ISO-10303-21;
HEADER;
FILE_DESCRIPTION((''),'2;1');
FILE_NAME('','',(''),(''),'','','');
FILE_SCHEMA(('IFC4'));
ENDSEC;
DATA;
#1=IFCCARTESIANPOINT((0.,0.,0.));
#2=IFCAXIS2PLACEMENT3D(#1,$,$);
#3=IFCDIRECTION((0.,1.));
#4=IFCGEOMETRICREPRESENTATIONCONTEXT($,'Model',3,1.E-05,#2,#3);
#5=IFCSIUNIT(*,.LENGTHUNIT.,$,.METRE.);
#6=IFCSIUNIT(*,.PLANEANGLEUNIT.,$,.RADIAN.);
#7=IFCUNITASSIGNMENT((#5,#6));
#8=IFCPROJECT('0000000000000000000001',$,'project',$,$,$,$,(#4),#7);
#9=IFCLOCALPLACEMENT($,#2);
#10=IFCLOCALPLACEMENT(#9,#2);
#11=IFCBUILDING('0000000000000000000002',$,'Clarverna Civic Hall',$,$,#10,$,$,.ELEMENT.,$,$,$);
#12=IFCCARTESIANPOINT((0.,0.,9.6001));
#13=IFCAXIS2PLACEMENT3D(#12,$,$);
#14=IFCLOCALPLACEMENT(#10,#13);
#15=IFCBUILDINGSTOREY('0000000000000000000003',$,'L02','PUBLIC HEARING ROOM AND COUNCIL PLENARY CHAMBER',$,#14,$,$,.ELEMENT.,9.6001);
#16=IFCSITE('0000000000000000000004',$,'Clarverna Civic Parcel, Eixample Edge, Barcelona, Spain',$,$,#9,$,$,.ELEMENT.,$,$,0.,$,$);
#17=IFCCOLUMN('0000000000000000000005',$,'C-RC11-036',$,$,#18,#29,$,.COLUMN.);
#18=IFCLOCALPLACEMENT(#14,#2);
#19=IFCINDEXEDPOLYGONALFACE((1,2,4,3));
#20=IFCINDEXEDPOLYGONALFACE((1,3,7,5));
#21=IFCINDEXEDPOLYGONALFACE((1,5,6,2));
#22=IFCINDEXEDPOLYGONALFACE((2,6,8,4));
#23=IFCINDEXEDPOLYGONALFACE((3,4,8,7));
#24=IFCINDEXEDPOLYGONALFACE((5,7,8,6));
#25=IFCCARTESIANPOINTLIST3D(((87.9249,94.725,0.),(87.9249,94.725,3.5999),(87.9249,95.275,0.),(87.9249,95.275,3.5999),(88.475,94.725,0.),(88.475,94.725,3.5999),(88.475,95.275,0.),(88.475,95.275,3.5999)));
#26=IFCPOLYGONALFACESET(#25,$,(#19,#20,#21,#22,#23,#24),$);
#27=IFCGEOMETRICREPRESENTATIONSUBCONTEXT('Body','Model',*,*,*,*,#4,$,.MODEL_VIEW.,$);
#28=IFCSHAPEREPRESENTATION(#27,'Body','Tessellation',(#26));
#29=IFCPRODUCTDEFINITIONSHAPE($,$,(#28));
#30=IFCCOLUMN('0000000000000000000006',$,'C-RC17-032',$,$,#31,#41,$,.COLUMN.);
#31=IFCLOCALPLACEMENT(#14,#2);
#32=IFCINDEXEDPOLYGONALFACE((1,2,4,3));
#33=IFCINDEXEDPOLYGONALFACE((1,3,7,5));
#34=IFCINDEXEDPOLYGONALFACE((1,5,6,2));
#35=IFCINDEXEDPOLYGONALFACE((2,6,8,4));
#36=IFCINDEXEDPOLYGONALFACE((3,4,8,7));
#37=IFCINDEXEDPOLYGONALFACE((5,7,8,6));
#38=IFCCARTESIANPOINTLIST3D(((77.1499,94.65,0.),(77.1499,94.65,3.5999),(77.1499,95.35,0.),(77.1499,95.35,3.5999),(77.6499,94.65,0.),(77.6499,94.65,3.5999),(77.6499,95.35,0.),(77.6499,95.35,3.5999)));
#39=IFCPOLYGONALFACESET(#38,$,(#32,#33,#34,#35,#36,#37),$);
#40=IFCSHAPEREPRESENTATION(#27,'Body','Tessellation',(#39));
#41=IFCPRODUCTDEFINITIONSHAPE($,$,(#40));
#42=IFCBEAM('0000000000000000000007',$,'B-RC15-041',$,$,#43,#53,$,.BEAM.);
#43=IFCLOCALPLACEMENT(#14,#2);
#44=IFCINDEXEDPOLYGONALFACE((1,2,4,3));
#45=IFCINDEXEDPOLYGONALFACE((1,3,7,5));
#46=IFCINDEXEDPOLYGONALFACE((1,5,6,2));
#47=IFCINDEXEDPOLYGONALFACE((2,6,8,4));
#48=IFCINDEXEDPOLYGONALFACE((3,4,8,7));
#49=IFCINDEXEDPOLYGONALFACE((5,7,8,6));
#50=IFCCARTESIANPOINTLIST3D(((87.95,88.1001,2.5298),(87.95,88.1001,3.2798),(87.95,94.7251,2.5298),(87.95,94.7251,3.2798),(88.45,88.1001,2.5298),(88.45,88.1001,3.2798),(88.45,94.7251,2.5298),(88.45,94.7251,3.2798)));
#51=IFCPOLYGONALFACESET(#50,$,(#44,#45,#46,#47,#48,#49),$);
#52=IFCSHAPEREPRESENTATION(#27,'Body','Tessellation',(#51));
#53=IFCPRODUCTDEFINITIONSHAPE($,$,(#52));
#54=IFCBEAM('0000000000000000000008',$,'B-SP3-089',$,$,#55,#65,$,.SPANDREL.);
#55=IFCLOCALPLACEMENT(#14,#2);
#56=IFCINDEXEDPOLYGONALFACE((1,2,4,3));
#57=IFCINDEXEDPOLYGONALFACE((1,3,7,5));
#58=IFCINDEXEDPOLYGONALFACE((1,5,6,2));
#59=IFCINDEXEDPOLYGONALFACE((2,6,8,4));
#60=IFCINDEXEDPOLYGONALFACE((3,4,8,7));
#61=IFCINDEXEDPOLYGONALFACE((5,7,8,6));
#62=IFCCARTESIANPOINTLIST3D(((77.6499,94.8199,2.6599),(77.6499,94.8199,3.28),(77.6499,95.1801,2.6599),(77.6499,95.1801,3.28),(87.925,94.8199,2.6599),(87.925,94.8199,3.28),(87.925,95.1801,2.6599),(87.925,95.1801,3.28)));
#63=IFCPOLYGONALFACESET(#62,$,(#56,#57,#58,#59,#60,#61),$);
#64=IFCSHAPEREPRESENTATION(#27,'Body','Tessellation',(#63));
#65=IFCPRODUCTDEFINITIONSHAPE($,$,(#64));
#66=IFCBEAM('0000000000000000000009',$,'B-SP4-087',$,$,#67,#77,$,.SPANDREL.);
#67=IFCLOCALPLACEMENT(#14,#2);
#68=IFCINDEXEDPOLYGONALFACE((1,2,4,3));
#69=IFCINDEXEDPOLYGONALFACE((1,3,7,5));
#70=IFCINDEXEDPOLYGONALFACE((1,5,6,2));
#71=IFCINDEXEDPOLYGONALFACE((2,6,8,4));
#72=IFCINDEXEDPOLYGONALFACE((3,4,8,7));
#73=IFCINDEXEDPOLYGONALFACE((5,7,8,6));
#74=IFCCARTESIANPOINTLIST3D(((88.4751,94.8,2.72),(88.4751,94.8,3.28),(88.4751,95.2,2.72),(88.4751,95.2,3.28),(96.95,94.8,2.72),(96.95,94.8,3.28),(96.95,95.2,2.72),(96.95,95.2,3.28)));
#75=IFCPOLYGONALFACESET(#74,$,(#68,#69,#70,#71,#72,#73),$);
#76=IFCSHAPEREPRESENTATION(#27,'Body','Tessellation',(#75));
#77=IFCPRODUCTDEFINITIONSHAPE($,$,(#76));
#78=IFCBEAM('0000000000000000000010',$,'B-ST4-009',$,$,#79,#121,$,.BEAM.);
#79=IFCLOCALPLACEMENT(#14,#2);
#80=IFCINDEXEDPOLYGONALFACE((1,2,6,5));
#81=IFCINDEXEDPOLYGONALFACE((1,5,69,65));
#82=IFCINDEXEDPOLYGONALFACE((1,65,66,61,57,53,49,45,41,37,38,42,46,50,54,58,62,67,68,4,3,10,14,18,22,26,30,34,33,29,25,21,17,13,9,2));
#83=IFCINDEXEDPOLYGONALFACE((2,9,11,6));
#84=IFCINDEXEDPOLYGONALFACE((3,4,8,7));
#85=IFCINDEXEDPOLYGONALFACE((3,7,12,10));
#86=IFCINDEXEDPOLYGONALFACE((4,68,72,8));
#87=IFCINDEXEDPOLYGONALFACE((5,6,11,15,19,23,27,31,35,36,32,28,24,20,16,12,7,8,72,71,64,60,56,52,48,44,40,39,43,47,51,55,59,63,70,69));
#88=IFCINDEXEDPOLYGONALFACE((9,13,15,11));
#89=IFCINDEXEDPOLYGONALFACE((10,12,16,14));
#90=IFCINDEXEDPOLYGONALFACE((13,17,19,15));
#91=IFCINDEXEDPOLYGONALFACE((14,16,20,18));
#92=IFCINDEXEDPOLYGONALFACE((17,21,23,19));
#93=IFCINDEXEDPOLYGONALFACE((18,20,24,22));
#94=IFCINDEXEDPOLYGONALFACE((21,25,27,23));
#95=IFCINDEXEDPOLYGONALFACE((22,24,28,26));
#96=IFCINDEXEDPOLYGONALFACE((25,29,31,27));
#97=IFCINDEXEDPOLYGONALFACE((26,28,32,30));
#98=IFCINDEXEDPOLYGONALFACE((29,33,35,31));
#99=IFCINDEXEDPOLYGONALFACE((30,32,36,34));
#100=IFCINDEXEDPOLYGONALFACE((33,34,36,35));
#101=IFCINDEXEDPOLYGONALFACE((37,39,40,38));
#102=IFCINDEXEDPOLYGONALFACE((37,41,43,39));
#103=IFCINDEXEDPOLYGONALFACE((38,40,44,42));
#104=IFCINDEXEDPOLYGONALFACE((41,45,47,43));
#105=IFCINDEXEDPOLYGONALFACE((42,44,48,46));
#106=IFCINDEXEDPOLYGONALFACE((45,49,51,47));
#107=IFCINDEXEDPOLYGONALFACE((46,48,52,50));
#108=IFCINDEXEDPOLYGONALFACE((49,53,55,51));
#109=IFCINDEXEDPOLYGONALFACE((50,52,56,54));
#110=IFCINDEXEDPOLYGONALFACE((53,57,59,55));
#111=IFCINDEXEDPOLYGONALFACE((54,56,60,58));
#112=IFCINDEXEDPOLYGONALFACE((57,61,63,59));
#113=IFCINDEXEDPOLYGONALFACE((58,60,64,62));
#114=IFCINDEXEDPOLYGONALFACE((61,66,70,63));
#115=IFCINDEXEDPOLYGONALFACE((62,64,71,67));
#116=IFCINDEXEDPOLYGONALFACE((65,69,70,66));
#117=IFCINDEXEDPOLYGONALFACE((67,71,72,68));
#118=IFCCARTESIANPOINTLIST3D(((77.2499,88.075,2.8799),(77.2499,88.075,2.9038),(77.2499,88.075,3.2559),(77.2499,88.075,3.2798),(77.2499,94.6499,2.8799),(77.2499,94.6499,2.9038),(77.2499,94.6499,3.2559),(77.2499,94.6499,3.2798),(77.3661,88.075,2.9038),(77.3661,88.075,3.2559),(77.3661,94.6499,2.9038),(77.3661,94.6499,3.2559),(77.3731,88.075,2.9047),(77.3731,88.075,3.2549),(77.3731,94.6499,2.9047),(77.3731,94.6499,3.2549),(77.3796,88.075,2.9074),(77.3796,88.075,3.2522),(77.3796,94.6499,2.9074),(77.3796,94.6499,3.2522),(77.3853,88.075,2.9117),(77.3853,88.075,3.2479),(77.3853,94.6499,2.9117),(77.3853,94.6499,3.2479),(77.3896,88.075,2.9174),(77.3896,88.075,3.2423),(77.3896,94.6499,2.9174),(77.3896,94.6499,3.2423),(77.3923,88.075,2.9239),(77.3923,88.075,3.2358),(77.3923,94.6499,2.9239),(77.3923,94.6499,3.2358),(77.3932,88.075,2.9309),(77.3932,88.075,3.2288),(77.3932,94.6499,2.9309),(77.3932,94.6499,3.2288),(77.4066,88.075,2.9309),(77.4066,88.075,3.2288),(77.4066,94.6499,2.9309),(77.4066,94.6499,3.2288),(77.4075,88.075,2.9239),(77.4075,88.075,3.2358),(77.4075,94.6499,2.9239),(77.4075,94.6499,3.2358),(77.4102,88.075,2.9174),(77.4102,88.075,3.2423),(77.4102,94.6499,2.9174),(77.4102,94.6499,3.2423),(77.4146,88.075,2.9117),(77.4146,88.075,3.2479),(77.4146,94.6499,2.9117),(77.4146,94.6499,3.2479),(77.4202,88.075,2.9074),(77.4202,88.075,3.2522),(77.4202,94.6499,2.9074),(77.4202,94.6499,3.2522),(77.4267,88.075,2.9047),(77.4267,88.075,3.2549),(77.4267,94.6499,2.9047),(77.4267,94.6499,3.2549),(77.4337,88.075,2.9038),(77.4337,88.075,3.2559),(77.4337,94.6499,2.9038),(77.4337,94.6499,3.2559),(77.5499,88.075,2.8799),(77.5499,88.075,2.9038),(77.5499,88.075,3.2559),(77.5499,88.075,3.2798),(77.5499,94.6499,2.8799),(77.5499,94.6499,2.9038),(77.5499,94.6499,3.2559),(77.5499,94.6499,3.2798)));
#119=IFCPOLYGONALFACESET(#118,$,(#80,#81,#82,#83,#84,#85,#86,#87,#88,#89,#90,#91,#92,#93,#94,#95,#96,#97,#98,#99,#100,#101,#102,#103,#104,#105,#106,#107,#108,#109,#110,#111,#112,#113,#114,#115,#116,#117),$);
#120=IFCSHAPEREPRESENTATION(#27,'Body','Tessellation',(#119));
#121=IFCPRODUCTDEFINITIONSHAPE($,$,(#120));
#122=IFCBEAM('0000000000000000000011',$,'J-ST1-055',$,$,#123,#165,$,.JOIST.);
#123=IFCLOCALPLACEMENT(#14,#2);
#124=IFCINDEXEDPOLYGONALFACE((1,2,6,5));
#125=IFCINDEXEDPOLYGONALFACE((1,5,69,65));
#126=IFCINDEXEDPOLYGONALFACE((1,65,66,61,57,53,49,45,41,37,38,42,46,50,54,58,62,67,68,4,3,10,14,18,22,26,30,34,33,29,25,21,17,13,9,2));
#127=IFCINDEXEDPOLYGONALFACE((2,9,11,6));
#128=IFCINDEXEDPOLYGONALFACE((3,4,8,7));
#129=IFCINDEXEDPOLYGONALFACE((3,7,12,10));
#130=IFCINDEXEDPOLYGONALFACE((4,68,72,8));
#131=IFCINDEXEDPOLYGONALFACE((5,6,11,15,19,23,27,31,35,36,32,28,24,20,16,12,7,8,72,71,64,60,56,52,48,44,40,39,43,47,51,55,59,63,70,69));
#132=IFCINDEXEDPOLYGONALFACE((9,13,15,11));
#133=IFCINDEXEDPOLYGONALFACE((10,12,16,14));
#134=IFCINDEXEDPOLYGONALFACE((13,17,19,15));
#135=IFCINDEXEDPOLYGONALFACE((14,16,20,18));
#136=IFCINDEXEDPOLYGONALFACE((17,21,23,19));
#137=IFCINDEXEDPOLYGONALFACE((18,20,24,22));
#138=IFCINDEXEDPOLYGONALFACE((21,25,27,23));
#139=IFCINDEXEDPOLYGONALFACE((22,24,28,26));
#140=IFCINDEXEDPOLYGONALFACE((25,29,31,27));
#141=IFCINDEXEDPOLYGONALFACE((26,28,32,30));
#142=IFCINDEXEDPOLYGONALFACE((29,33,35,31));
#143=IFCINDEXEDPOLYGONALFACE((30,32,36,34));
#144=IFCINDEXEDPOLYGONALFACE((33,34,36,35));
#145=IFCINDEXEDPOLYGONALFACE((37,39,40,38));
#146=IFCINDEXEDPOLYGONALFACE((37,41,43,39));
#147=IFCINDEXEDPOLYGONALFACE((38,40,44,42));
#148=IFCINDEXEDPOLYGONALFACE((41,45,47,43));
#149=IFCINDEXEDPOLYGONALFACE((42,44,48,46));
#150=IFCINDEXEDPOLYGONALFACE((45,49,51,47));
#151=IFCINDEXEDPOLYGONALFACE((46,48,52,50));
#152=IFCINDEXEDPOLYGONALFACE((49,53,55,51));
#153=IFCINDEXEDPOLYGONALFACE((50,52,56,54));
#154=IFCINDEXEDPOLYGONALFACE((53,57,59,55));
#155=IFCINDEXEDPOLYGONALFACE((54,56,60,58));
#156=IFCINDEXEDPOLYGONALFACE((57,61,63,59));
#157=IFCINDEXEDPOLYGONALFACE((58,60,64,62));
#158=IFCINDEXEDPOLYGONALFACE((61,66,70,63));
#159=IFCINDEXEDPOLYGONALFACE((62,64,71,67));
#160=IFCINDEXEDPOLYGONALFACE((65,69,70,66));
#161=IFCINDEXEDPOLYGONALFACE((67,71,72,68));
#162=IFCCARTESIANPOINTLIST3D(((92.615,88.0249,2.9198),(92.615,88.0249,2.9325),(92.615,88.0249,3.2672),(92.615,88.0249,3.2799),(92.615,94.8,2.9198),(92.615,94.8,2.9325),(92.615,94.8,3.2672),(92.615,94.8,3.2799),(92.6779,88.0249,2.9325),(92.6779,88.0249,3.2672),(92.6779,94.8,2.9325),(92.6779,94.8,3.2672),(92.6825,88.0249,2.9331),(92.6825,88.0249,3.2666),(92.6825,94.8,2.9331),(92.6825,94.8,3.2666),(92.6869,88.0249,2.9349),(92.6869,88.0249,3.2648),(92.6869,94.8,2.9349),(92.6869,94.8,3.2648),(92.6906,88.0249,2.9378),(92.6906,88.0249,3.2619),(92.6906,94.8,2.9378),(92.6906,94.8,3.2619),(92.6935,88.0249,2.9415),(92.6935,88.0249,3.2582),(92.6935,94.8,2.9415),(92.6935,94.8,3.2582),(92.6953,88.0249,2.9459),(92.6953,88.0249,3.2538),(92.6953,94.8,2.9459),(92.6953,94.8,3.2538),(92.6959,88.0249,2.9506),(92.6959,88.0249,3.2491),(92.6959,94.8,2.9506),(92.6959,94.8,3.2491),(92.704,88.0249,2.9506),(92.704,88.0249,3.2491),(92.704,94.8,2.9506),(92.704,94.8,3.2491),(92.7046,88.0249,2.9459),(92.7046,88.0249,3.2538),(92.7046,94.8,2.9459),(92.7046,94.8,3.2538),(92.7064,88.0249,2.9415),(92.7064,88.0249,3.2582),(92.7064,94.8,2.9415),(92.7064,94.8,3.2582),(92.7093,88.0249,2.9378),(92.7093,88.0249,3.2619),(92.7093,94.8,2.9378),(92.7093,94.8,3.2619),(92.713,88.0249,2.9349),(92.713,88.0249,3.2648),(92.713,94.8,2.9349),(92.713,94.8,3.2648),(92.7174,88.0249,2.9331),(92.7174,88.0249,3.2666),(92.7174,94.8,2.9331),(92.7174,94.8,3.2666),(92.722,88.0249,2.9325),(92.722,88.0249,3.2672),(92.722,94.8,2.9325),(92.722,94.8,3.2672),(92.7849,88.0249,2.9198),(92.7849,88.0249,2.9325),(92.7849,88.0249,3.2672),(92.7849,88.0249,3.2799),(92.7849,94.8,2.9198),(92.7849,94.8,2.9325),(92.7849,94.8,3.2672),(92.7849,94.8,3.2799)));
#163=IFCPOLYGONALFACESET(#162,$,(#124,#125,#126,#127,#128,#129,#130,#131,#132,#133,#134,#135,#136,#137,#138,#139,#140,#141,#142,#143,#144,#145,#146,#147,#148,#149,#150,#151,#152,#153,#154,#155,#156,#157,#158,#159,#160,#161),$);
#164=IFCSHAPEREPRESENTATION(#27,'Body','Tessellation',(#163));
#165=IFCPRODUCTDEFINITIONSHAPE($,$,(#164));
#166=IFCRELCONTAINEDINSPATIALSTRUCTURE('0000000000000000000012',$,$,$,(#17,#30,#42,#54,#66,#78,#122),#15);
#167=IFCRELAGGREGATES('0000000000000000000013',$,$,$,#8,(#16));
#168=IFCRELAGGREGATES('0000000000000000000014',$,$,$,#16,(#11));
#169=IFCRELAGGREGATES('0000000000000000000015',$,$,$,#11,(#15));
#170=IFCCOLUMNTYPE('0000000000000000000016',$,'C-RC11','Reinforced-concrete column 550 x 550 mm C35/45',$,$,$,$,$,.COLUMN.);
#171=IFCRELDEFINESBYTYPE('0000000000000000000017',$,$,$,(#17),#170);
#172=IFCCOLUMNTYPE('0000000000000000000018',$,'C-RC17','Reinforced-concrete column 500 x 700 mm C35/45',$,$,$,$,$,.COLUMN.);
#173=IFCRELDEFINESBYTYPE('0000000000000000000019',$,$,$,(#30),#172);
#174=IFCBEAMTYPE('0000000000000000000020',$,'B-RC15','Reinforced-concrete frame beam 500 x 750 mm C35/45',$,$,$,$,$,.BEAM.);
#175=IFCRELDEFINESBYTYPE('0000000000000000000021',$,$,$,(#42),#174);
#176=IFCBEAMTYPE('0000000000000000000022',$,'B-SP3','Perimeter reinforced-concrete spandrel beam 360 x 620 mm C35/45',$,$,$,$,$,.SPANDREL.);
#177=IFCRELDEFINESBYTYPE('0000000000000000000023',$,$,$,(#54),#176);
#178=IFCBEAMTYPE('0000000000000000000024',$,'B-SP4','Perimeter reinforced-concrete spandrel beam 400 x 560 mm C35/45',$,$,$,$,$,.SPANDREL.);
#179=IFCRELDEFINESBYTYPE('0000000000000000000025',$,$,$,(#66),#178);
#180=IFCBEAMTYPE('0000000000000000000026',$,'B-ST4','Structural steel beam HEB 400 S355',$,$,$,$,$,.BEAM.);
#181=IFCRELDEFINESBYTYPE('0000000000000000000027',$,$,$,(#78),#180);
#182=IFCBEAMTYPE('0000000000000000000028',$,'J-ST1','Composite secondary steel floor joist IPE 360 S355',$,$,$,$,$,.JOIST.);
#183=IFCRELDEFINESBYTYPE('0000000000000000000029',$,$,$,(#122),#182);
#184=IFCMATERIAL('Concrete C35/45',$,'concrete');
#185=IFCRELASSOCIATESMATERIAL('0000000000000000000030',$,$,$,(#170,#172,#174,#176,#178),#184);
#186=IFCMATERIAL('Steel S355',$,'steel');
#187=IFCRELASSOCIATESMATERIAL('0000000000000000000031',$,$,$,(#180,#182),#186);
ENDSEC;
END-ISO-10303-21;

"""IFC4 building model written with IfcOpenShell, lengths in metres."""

from ifc_helpers import new_model, si_unit, direction, frame, origin, origin_2d, place, context, subcontext, project, spatial, rectangle, i_section, extrude, material, material_profile, profile_set, type_object, element, save


model = new_model("IFC4")

# Units and contexts
model_context = context("Model", 3, precision=1e-05, world=origin(), true_north=direction((0.0, 1.0)))
body_context = subcontext(model_context, "Body", "Model", "MODEL_VIEW")
ifc_project = project(units=[si_unit("LENGTHUNIT", "METRE"), si_unit("PLANEANGLEUNIT", "RADIAN")], contexts=[model_context])

# Site, building, storey
site_placement = place(None, origin())
site = spatial("IfcSite", under=ifc_project, at=site_placement, Name="Clarverna Civic Parcel, Eixample Edge, Barcelona, Spain", CompositionType="ELEMENT", RefElevation=0.0)
building_placement = place(site_placement, origin())
building = spatial("IfcBuilding", under=site, at=building_placement, Name="Clarverna Civic Hall", CompositionType="ELEMENT")
storey_placement = place(building_placement, frame((0.0, 0.0, 9.6001)))
storey = spatial("IfcBuildingStorey", under=building, at=storey_placement, Name="L02", Description="PUBLIC HEARING ROOM AND COUNCIL PLENARY CHAMBER", CompositionType="ELEMENT", Elevation=9.6001)

# Columns
ifc_material_1 = material(Name="Concrete C35/45", Category="concrete")
ifc_material_profile_1 = material_profile(ifc_material_1, rectangle(XDim=0.55, YDim=0.55, at=origin_2d()), Name="RC 550x550")
ifc_profile_set_1 = profile_set([ifc_material_profile_1], Name="Concrete C35/45")
column_type_1 = type_object("IfcColumnType", Name="C-RC11", Description="Reinforced-concrete column 550 x 550 mm C35/45", PredefinedType="COLUMN", material=ifc_profile_set_1)
column_1_placement = place(storey_placement, frame((88.2, 95.0, 0.0), z_axis=(0.0, 0.0, 1.0), x_axis=(1.0, 0.0, 0.0)))
element("IfcColumn", 1, at=column_1_placement, inside=storey, type_object=column_type_1, Name="C-RC11-036", PredefinedType="COLUMN", context=body_context, shape_type="SweptSolid", body=[
    extrude(rectangle(XDim=0.55, YDim=0.55, at=origin_2d()), origin(), (0.0, 0.0, 1.0), 3.5999),
])
ifc_material_profile_2 = material_profile(ifc_material_1, rectangle(XDim=0.5, YDim=0.7, at=origin_2d()), Name="RC 500x700")
ifc_profile_set_2 = profile_set([ifc_material_profile_2], Name="Concrete C35/45")
column_type_2 = type_object("IfcColumnType", Name="C-RC17", Description="Reinforced-concrete column 500 x 700 mm C35/45", PredefinedType="COLUMN", material=ifc_profile_set_2)
column_2_placement = place(storey_placement, frame((77.3999, 95.0, 0.0), z_axis=(0.0, 0.0, 1.0), x_axis=(1.0, 0.0, 0.0)))
element("IfcColumn", 2, at=column_2_placement, inside=storey, type_object=column_type_2, Name="C-RC17-032", PredefinedType="COLUMN", context=body_context, shape_type="SweptSolid", body=[
    extrude(rectangle(XDim=0.5, YDim=0.7, at=origin_2d()), origin(), (0.0, 0.0, 1.0), 3.5999),
])

# Beams
ifc_material_profile_3 = material_profile(ifc_material_1, rectangle(XDim=0.5, YDim=0.75, at=origin_2d()), Name="RC 500x750")
ifc_profile_set_3 = profile_set([ifc_material_profile_3], Name="Concrete C35/45")
beam_type_1 = type_object("IfcBeamType", Name="B-RC15", Description="Reinforced-concrete frame beam 500 x 750 mm C35/45", PredefinedType="BEAM", material=ifc_profile_set_3)
beam_1_placement = place(storey_placement, frame((88.2, 88.1001, 2.9048), z_axis=(0.0, 1.0, 0.0), x_axis=(-1.0, 0.0, 0.0)))
element("IfcBeam", 3, at=beam_1_placement, inside=storey, type_object=beam_type_1, Name="B-RC15-041", PredefinedType="BEAM", context=body_context, shape_type="SweptSolid", body=[
    extrude(rectangle(XDim=0.5, YDim=0.75, at=origin_2d()), origin(), (0.0, 0.0, 1.0), 6.625),
])
ifc_material_profile_4 = material_profile(ifc_material_1, rectangle(XDim=0.3601, YDim=0.6201, at=origin_2d()), Name="RC 360x620")
ifc_profile_set_4 = profile_set([ifc_material_profile_4], Name="Concrete C35/45")
beam_type_2 = type_object("IfcBeamType", Name="B-SP3", Description="Perimeter reinforced-concrete spandrel beam 360 x 620 mm C35/45", PredefinedType="SPANDREL", material=ifc_profile_set_4)
beam_2_placement = place(storey_placement, frame((77.6499, 95.0, 2.97), z_axis=(1.0, 0.0, 0.0), x_axis=(0.0, 1.0, 0.0)))
element("IfcBeam", 4, at=beam_2_placement, inside=storey, type_object=beam_type_2, Name="B-SP3-089", PredefinedType="SPANDREL", context=body_context, shape_type="SweptSolid", body=[
    extrude(rectangle(XDim=0.3601, YDim=0.6201, at=origin_2d()), origin(), (0.0, 0.0, 1.0), 10.2751),
])
ifc_material_profile_5 = material_profile(ifc_material_1, rectangle(XDim=0.3999, YDim=0.5601, at=origin_2d()), Name="RC 400x560")
ifc_profile_set_5 = profile_set([ifc_material_profile_5], Name="Concrete C35/45")
beam_type_3 = type_object("IfcBeamType", Name="B-SP4", Description="Perimeter reinforced-concrete spandrel beam 400 x 560 mm C35/45", PredefinedType="SPANDREL", material=ifc_profile_set_5)
beam_3_placement = place(storey_placement, frame((88.4751, 95.0, 3.0), z_axis=(1.0, 0.0, 0.0), x_axis=(0.0, 1.0, 0.0)))
element("IfcBeam", 5, at=beam_3_placement, inside=storey, type_object=beam_type_3, Name="B-SP4-087", PredefinedType="SPANDREL", context=body_context, shape_type="SweptSolid", body=[
    extrude(rectangle(XDim=0.3999, YDim=0.5601, at=origin_2d()), origin(), (0.0, 0.0, 1.0), 8.4749),
])
ifc_material_2 = material(Name="Steel S355", Category="steel")
ifc_material_profile_6 = material_profile(ifc_material_2, i_section(OverallWidth=0.3, OverallDepth=0.3999, WebThickness=0.0134, FlangeThickness=0.0239, FilletRadius=0.0271, at=origin_2d()), Name="HEB 400")
ifc_profile_set_6 = profile_set([ifc_material_profile_6], Name="Steel S355")
beam_type_4 = type_object("IfcBeamType", Name="B-ST4", Description="Structural steel beam HEB 400 S355", PredefinedType="BEAM", material=ifc_profile_set_6)
beam_4_placement = place(storey_placement, frame((77.3999, 88.075, 3.0798), z_axis=(0.0, 1.0, 0.0), x_axis=(-1.0, 0.0, 0.0)))
element("IfcBeam", 6, at=beam_4_placement, inside=storey, type_object=beam_type_4, Name="B-ST4-009", PredefinedType="BEAM", context=body_context, shape_type="SweptSolid", body=[
    extrude(i_section(OverallWidth=0.3, OverallDepth=0.3999, WebThickness=0.0134, FlangeThickness=0.0239, FilletRadius=0.0271, at=origin_2d()), origin(), (0.0, 0.0, 1.0), 6.575),
])
ifc_material_profile_7 = material_profile(ifc_material_2, i_section(OverallWidth=0.1699, OverallDepth=0.3601, WebThickness=0.0081, FlangeThickness=0.0127, FilletRadius=0.0181, at=origin_2d()), Name="IPE 360")
ifc_profile_set_7 = profile_set([ifc_material_profile_7], Name="Steel S355")
beam_type_5 = type_object("IfcBeamType", Name="J-ST1", Description="Composite secondary steel floor joist IPE 360 S355", PredefinedType="JOIST", material=ifc_profile_set_7)
beam_5_placement = place(storey_placement, frame((92.7, 88.0249, 3.0999), z_axis=(0.0, 1.0, 0.0), x_axis=(-1.0, 0.0, 0.0)))
element("IfcBeam", 7, at=beam_5_placement, inside=storey, type_object=beam_type_5, Name="J-ST1-055", PredefinedType="JOIST", context=body_context, shape_type="SweptSolid", body=[
    extrude(i_section(OverallWidth=0.1699, OverallDepth=0.3601, WebThickness=0.0081, FlangeThickness=0.0127, FilletRadius=0.0181, at=origin_2d()), origin(), (0.0, 0.0, 1.0), 6.7751),
])

save(model, "model.ifc")
